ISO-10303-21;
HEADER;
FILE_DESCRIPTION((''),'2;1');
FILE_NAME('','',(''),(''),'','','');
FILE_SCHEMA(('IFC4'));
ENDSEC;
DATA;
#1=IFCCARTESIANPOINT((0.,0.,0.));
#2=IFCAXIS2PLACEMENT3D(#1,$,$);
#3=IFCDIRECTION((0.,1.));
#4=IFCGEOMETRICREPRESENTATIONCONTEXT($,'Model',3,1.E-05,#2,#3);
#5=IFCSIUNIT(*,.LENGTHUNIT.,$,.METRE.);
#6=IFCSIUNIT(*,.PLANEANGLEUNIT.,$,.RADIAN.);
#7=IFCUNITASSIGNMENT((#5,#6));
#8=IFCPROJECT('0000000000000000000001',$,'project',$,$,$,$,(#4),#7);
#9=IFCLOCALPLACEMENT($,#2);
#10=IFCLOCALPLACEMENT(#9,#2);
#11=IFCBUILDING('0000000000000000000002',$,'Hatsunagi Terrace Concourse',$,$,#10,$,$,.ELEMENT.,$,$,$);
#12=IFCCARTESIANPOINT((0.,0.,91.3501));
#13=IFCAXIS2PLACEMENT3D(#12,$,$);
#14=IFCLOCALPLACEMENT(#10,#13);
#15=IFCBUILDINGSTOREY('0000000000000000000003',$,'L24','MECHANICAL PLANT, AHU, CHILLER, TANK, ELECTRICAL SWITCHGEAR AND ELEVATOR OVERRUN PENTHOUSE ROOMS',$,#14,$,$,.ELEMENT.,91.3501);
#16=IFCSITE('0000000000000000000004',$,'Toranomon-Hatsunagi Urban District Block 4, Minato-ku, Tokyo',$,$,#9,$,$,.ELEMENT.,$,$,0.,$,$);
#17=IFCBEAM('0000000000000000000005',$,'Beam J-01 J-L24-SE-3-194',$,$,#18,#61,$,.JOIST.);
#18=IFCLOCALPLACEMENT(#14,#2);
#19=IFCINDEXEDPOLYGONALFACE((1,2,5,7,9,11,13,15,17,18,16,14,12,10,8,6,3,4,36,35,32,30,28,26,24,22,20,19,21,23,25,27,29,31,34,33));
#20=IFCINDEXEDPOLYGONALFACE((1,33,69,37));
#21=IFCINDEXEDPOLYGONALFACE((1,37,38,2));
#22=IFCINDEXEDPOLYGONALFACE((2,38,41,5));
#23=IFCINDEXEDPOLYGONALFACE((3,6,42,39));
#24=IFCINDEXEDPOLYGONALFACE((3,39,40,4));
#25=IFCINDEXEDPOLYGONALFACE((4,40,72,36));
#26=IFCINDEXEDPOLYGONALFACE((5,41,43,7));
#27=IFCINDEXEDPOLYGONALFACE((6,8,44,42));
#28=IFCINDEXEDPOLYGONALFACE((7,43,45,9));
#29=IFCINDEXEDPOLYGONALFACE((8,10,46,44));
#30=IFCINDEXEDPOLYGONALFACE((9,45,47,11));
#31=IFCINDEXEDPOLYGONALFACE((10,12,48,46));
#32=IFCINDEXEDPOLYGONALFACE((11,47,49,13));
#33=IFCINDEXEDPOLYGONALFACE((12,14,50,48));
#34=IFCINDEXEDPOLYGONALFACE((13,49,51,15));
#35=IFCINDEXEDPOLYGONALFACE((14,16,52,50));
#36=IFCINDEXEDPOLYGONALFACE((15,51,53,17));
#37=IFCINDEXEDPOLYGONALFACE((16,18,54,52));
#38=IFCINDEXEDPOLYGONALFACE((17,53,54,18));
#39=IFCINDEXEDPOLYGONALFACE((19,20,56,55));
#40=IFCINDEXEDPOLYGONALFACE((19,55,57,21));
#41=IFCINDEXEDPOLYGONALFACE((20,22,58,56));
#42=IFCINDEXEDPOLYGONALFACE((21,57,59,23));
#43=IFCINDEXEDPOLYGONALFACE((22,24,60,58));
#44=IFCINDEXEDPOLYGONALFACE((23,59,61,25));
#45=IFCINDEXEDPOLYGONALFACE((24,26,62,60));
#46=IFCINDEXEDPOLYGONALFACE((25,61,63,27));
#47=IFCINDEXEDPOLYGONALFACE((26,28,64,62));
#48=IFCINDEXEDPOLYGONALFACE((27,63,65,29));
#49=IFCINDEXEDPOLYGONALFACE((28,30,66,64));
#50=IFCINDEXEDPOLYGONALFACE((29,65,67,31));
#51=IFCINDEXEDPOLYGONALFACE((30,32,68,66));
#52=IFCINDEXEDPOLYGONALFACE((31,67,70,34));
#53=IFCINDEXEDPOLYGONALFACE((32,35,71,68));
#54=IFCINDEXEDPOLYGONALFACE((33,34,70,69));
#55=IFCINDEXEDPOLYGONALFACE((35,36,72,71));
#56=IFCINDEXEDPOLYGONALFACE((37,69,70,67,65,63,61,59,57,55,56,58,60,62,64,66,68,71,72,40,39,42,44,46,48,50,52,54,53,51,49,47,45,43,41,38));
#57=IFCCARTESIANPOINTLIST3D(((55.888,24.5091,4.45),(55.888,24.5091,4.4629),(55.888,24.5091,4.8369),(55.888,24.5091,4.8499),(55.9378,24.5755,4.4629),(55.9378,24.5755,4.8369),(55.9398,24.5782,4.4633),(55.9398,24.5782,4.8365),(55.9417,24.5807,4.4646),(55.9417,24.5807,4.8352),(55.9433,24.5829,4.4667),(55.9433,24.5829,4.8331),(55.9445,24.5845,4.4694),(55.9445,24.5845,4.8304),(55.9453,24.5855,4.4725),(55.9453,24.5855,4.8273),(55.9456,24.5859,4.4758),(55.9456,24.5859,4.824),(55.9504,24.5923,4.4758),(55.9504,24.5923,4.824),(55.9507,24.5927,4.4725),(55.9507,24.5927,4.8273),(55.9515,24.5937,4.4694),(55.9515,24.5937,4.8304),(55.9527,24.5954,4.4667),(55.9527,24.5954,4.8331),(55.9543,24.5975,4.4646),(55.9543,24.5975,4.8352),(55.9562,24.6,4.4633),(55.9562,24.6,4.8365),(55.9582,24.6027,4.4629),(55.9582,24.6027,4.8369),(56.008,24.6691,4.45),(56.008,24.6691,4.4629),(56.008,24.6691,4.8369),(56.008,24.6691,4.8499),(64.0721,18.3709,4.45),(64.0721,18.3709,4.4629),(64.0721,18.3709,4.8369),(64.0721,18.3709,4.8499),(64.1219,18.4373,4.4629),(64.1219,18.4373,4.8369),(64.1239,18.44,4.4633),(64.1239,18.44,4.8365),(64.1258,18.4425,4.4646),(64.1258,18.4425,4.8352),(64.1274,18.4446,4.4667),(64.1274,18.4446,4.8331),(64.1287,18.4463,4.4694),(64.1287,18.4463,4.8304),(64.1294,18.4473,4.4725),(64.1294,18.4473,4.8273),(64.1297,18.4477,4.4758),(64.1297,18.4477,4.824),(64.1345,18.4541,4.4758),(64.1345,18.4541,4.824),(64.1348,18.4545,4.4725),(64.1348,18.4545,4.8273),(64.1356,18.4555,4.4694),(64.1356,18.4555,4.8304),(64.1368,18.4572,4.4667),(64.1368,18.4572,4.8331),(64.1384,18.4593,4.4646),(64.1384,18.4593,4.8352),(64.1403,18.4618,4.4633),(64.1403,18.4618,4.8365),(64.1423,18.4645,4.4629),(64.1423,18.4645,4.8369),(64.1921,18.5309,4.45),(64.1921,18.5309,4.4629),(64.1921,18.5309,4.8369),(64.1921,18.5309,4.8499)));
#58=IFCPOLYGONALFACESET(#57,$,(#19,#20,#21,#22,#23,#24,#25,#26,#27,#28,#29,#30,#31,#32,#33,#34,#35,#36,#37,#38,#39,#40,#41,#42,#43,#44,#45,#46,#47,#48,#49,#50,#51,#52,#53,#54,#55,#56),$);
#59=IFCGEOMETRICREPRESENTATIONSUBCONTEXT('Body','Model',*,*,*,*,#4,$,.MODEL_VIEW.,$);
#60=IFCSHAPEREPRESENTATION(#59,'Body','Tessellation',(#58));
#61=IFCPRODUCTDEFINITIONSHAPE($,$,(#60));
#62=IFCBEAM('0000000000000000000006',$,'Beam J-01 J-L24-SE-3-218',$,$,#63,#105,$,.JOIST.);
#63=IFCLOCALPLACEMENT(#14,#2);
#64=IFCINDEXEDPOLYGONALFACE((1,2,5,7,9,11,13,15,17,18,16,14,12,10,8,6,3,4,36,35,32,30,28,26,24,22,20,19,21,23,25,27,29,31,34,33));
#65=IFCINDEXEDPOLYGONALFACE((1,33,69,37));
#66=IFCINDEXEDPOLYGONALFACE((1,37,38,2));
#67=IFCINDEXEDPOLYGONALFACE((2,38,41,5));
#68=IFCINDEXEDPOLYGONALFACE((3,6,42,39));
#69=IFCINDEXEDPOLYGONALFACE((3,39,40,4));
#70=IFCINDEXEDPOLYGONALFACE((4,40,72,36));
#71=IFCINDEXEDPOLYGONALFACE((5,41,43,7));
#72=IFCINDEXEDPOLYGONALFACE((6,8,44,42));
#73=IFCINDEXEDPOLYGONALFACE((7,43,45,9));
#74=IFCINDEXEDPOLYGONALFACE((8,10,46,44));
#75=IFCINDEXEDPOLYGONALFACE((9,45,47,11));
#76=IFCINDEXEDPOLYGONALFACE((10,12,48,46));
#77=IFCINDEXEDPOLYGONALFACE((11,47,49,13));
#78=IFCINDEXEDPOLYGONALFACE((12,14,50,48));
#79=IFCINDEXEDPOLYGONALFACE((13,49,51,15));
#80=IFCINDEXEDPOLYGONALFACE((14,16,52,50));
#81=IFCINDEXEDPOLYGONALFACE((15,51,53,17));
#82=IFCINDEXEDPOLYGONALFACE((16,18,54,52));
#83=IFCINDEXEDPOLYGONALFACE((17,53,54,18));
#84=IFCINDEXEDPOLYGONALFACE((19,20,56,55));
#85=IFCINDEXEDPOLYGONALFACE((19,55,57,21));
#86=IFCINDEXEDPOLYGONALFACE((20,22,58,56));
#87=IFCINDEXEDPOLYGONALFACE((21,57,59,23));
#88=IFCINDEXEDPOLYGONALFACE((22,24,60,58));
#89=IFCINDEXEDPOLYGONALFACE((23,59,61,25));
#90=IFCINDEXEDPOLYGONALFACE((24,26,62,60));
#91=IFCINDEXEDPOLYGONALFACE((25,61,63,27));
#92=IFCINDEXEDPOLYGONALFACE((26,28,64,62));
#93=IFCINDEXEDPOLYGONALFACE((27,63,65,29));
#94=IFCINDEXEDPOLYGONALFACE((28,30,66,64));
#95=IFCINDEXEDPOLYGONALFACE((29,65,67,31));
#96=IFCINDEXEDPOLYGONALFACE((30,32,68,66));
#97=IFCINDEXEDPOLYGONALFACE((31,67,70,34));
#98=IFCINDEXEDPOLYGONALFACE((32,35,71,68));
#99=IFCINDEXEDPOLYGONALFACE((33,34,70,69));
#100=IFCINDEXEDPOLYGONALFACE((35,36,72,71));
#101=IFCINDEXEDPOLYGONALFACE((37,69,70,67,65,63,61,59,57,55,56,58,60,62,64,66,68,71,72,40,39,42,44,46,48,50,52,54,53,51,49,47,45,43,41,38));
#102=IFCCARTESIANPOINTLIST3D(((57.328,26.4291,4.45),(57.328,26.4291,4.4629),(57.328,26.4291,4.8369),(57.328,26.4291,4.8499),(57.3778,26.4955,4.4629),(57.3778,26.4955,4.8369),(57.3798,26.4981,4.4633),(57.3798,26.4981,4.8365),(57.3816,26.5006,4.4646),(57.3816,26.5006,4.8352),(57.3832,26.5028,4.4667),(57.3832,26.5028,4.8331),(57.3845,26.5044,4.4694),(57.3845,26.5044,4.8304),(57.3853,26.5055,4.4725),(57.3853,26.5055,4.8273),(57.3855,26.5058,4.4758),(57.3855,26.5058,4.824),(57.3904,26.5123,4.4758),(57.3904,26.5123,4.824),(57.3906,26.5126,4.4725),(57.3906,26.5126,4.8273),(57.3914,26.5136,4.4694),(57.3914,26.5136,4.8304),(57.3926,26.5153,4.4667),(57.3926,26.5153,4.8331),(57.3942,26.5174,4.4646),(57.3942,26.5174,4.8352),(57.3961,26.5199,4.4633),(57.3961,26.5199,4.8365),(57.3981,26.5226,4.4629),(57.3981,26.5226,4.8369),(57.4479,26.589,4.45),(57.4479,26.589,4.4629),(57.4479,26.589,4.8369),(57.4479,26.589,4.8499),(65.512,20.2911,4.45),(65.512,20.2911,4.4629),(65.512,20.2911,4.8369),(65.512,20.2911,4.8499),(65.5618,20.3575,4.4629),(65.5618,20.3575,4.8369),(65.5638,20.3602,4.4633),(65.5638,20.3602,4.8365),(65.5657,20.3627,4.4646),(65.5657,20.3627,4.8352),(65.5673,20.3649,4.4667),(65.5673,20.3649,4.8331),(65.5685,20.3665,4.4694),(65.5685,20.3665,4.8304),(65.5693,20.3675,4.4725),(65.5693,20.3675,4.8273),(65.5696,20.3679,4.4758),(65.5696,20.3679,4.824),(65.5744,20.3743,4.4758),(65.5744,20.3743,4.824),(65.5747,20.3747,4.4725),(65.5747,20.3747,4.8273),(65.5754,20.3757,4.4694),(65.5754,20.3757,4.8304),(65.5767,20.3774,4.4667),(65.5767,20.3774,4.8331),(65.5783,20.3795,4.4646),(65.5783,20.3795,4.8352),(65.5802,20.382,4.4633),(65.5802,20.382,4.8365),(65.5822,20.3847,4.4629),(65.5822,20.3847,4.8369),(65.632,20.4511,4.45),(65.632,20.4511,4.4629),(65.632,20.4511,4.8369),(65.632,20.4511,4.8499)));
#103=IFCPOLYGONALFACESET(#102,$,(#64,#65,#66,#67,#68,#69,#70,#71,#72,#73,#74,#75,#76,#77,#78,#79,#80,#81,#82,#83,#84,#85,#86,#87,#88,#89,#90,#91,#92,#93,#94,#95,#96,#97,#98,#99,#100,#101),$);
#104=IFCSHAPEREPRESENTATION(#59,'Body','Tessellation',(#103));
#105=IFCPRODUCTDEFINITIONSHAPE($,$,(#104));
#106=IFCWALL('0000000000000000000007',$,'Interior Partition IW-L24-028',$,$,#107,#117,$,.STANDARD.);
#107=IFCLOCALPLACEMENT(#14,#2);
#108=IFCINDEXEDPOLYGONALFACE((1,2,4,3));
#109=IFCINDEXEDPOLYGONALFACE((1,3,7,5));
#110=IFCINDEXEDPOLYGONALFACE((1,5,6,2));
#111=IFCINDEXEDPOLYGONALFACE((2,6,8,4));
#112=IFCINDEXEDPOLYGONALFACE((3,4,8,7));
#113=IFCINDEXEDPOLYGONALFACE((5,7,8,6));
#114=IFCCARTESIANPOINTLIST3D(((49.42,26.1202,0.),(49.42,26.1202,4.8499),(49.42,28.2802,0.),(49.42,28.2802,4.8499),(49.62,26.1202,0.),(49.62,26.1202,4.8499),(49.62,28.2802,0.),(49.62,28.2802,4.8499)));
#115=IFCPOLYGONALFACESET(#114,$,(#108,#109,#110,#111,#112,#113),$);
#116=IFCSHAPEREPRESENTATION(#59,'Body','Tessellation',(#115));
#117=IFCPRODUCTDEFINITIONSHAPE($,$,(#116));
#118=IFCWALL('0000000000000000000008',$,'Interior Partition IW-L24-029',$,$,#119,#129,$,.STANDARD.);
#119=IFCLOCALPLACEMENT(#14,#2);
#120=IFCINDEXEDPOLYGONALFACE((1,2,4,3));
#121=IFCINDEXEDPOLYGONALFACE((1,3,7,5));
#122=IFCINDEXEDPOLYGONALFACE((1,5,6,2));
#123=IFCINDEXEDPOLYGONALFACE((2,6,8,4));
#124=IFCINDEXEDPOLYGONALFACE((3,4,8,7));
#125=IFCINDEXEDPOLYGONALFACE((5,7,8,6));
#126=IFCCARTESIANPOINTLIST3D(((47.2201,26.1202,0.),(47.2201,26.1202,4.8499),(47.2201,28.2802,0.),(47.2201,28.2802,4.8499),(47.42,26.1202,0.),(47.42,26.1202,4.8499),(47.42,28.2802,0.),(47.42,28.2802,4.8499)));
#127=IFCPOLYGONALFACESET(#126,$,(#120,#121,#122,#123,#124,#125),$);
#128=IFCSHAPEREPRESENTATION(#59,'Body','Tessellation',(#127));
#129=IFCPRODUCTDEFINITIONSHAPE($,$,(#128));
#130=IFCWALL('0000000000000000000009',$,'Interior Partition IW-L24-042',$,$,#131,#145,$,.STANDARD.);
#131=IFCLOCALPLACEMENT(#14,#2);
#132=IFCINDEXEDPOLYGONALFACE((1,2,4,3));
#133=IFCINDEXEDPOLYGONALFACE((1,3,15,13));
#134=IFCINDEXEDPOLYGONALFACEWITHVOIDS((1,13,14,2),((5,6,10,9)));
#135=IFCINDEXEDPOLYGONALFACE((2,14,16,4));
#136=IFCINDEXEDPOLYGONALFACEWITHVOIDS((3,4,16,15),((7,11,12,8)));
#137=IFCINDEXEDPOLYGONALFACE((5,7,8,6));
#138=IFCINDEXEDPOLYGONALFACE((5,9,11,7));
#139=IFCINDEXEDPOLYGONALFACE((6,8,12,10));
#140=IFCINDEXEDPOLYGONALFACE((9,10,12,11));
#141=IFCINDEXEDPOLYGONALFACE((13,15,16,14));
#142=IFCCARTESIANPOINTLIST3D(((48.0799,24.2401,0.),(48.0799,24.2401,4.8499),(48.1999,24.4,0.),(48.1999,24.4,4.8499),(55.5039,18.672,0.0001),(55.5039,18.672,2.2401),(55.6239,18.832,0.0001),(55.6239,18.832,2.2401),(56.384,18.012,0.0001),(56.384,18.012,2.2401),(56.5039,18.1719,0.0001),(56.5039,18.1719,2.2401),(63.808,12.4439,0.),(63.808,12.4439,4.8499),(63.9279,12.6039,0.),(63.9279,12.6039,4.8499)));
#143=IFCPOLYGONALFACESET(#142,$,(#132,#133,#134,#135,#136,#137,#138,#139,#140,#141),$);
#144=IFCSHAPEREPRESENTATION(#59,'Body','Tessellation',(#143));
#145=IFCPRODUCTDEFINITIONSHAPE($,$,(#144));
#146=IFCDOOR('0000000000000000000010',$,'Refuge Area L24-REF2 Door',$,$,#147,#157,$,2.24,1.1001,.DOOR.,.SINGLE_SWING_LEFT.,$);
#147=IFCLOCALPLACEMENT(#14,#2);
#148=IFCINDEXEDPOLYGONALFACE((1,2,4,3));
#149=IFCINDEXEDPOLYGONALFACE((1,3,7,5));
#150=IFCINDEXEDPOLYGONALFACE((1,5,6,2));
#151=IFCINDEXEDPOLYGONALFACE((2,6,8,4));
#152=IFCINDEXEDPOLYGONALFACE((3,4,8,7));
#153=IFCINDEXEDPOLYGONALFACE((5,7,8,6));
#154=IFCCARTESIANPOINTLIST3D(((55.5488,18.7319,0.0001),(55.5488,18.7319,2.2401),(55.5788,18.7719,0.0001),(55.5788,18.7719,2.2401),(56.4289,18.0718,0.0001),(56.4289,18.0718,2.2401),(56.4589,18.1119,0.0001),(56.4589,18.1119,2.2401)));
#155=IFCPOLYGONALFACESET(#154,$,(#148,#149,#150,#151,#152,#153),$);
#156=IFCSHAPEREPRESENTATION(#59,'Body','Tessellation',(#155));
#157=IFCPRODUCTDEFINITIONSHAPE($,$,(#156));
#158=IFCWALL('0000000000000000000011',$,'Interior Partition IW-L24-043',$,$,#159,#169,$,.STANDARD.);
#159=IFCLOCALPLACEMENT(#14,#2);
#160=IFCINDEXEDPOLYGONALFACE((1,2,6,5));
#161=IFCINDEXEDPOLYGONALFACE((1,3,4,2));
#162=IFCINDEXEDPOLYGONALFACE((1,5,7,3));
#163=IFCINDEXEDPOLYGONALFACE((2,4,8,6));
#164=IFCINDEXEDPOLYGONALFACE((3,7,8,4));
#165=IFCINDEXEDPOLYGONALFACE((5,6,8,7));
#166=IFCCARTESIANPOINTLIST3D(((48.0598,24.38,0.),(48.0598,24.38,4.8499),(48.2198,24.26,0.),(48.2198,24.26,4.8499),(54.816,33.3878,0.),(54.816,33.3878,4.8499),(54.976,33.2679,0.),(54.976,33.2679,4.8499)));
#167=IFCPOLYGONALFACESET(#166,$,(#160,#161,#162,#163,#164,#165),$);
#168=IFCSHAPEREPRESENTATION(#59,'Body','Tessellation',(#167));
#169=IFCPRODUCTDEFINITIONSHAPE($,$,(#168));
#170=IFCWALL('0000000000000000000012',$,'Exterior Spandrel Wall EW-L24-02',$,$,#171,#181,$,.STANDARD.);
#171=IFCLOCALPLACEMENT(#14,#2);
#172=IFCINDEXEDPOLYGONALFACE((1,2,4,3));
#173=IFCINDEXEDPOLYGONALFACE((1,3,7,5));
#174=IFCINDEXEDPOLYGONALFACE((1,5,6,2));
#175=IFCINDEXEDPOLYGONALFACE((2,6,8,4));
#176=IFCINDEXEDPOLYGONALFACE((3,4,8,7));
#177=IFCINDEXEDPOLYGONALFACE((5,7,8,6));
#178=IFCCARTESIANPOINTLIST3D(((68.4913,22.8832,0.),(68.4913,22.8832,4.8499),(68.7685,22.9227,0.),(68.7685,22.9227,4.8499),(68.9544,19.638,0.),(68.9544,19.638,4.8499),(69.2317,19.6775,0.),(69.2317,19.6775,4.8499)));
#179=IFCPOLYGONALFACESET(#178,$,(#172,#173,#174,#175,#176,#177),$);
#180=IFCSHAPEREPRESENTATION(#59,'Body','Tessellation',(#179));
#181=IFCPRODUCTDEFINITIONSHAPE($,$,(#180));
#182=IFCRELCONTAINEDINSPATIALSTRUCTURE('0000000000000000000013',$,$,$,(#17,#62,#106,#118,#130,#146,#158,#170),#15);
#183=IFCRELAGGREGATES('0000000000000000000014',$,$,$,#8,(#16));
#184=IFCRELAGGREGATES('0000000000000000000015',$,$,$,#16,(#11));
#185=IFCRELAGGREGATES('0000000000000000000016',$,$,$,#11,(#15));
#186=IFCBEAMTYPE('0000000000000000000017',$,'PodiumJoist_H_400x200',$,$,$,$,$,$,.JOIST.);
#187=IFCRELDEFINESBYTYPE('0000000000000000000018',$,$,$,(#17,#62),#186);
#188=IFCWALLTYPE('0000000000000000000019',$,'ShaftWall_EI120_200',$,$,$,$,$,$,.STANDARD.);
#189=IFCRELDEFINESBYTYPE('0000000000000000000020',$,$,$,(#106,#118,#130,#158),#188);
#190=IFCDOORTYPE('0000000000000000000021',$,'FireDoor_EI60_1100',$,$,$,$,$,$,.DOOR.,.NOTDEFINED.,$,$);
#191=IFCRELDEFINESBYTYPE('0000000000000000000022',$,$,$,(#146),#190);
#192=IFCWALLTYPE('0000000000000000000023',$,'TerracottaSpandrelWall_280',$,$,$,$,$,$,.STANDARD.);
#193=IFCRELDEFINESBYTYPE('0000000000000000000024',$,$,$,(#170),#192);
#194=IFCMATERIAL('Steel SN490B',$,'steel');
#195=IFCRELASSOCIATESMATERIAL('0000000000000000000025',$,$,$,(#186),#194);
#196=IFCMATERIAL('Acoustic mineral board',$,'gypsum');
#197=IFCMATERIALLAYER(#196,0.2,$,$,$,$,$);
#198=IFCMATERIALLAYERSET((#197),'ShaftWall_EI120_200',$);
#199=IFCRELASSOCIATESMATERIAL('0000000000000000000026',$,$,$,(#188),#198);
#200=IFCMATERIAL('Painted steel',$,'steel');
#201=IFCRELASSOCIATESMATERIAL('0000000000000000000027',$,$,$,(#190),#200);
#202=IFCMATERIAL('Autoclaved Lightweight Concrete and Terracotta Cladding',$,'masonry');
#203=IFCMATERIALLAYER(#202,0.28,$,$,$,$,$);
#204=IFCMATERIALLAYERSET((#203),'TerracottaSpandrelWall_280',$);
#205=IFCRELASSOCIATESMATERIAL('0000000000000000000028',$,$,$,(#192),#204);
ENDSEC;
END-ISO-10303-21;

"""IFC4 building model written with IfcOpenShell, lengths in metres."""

from ifc_helpers import new_model, si_unit, direction, frame, frame_2d, origin, origin_2d, place, context, subcontext, project, spatial, rectangle, i_section, extrude, material, layer, layer_set, material_profile, profile_set, type_object, element, fill, save


model = new_model("IFC4")

# Units and contexts
model_context = context("Model", 3, precision=1e-05, world=origin(), true_north=direction((0.0, 1.0)))
body_context = subcontext(model_context, "Body", "Model", "MODEL_VIEW")
ifc_project = project(units=[si_unit("LENGTHUNIT", "METRE"), si_unit("PLANEANGLEUNIT", "RADIAN")], contexts=[model_context])

# Site, building, storey
site_placement = place(None, origin())
site = spatial("IfcSite", under=ifc_project, at=site_placement, Name="Toranomon-Hatsunagi Urban District Block 4, Minato-ku, Tokyo", CompositionType="ELEMENT", RefElevation=0.0)
building_placement = place(site_placement, origin())
building = spatial("IfcBuilding", under=site, at=building_placement, Name="Hatsunagi Terrace Concourse", CompositionType="ELEMENT")
storey_placement = place(building_placement, frame((0.0, 0.0, 91.3501)))
storey = spatial("IfcBuildingStorey", under=building, at=storey_placement, Name="L24", Description="MECHANICAL PLANT, AHU, CHILLER, TANK, ELECTRICAL SWITCHGEAR AND ELEVATOR OVERRUN PENTHOUSE ROOMS", CompositionType="ELEMENT", Elevation=91.3501)

# Beams
ifc_material_1 = material(Name="Steel SN490B", Category="steel")
ifc_material_profile_1 = material_profile(ifc_material_1, i_section(OverallWidth=0.2, OverallDepth=0.3999, WebThickness=0.0081, FlangeThickness=0.0129, FilletRadius=0.0129, at=origin_2d()), Name="H-400x200x8x13")
ifc_profile_set_1 = profile_set([ifc_material_profile_1], Name="Steel SN490B")
beam_type_1 = type_object("IfcBeamType", Name="PodiumJoist_H_400x200", PredefinedType="JOIST", material=ifc_profile_set_1)
beam_1_placement = place(storey_placement, frame((55.948, 24.5891, 4.6499), z_axis=(0.799994, -0.600008, 0.0), x_axis=(0.600008, 0.799994, 0.0)))
element("IfcBeam", 1, at=beam_1_placement, inside=storey, type_object=beam_type_1, Name="Beam J-01 J-L24-SE-3-194", PredefinedType="JOIST", context=body_context, shape_type="SweptSolid", body=[
    extrude(i_section(OverallWidth=0.2, OverallDepth=0.3999, WebThickness=0.0081, FlangeThickness=0.0129, FilletRadius=0.0129, at=origin_2d()), origin(), (0.0, 0.0, 1.0), 10.2302),
])
beam_2_placement = place(storey_placement, frame((57.3879, 26.509, 4.6499), z_axis=(0.800006, -0.599992, 0.0), x_axis=(0.599992, 0.800006, 0.0)))
element("IfcBeam", 2, at=beam_2_placement, inside=storey, type_object=beam_type_1, Name="Beam J-01 J-L24-SE-3-218", PredefinedType="JOIST", context=body_context, shape_type="SweptSolid", body=[
    extrude(i_section(OverallWidth=0.2, OverallDepth=0.3999, WebThickness=0.0081, FlangeThickness=0.0129, FilletRadius=0.0129, at=origin_2d()), origin(), (0.0, 0.0, 1.0), 10.23),
])

# Walls
ifc_material_2 = material(Name="Acoustic mineral board", Category="gypsum")
ifc_layer_1 = layer(ifc_material_2, 0.2)
ifc_layer_set_1 = layer_set([ifc_layer_1], Name="ShaftWall_EI120_200")
wall_type_1 = type_object("IfcWallType", Name="ShaftWall_EI120_200", PredefinedType="STANDARD", material=ifc_layer_set_1)
for number, where, z_axis, x_axis, name in (
    (3, (49.52, 26.1201, 0.0), (0.0, 0.0, 1.0), (0.0, 1.0, 0.0), "Interior Partition IW-L24-028"),
    (4, (47.3201, 26.1201, 0.0), (0.0, 0.0, 1.0), (0.0, 1.0, 0.0), "Interior Partition IW-L24-029"),
):
    element("IfcWall", number, at=place(storey_placement, frame(where, z_axis=z_axis, x_axis=x_axis)), inside=storey, type_object=wall_type_1, Name=name, PredefinedType="STANDARD", context=body_context, shape_type="SweptSolid", body=[
        extrude(rectangle(XDim=2.1599, YDim=0.2, at=frame_2d((1.0801, 0.0))), origin(), (0.0, 0.0, 1.0), 4.8499),
    ])

# Wall, opening, door
wall_1_placement = place(storey_placement, frame((48.1399, 24.3201, 0.0), z_axis=(0.0, 0.0, 1.0), x_axis=(0.799997, -0.600004, 0.0)))
wall_1 = element("IfcWall", 5, at=wall_1_placement, inside=storey, type_object=wall_type_1, Name="Interior Partition IW-L24-042", PredefinedType="STANDARD", context=body_context, shape_type="SweptSolid", body=[
    extrude(rectangle(XDim=19.6602, YDim=0.2, at=frame_2d((9.8301, 0.0))), origin(), (0.0, 0.0, 1.0), 4.8499),
])
opening_placement = place(wall_1_placement, frame((9.28, 0.0, 0.0)))
opening = element("IfcOpeningElement", 6, at=opening_placement, cuts=wall_1, PredefinedType="OPENING", context=body_context, shape_type="SweptSolid", body=[
    extrude(rectangle(XDim=1.1001, YDim=2.24, at=frame_2d((0.55, 1.1201))), frame((0.0, 0.1099, 0.0), z_axis=(0.0, -1.0, 0.0), x_axis=(1.0, 0.0, 0.0)), (0.0, 0.0, 1.0), 0.22),
])
ifc_material_3 = material(Name="Painted steel", Category="steel")
door_type = type_object("IfcDoorType", Name="FireDoor_EI60_1100", OperationType="NOTDEFINED", PredefinedType="DOOR", material=ifc_material_3)
door_placement = place(opening_placement, origin())
door = element("IfcDoor", 7, at=door_placement, inside=storey, type_object=door_type, Name="Refuge Area L24-REF2 Door", OperationType="SINGLE_SWING_LEFT", OverallHeight=2.24, OverallWidth=1.1001, PredefinedType="DOOR", context=body_context, shape_type="SweptSolid", body=[
    extrude(rectangle(XDim=1.1001, YDim=2.24, at=frame_2d((0.55, 1.1201))), frame((0.0, 0.0249, 0.0), z_axis=(0.0, -1.0, 0.0), x_axis=(1.0, 0.0, 0.0)), (0.0, 0.0, 1.0), 0.05),
])
fill(opening, door)

# Walls
wall_2_placement = place(storey_placement, frame((48.1399, 24.3201, 0.0), z_axis=(0.0, 0.0, 1.0), x_axis=(0.600014, 0.79999, 0.0)))
element("IfcWall", 8, at=wall_2_placement, inside=storey, type_object=wall_type_1, Name="Interior Partition IW-L24-043", PredefinedType="STANDARD", context=body_context, shape_type="SweptSolid", body=[
    extrude(rectangle(XDim=11.26, YDim=0.2, at=frame_2d((5.6299, 0.0))), origin(), (0.0, 0.0, 1.0), 4.8499),
])
ifc_material_4 = material(Name="Autoclaved Lightweight Concrete and Terracotta Cladding", Category="masonry")
ifc_layer_2 = layer(ifc_material_4, 0.28)
ifc_layer_set_2 = layer_set([ifc_layer_2], Name="TerracottaSpandrelWall_280")
wall_type_2 = type_object("IfcWallType", Name="TerracottaSpandrelWall_280", PredefinedType="STANDARD", material=ifc_layer_set_2)
wall_3_placement = place(storey_placement, frame((68.6299, 22.9031, 0.0), z_axis=(0.0, 0.0, 1.0), x_axis=(0.141286, -0.989969, 0.0)))
element("IfcWall", 9, at=wall_3_placement, inside=storey, type_object=wall_type_2, Name="Exterior Spandrel Wall EW-L24-02", PredefinedType="STANDARD", context=body_context, shape_type="SweptSolid", body=[
    extrude(rectangle(XDim=3.2781, YDim=0.28, at=frame_2d((1.6392, 0.0))), origin(), (0.0, 0.0, 1.0), 4.8499),
])

save(model, "model.ifc")
